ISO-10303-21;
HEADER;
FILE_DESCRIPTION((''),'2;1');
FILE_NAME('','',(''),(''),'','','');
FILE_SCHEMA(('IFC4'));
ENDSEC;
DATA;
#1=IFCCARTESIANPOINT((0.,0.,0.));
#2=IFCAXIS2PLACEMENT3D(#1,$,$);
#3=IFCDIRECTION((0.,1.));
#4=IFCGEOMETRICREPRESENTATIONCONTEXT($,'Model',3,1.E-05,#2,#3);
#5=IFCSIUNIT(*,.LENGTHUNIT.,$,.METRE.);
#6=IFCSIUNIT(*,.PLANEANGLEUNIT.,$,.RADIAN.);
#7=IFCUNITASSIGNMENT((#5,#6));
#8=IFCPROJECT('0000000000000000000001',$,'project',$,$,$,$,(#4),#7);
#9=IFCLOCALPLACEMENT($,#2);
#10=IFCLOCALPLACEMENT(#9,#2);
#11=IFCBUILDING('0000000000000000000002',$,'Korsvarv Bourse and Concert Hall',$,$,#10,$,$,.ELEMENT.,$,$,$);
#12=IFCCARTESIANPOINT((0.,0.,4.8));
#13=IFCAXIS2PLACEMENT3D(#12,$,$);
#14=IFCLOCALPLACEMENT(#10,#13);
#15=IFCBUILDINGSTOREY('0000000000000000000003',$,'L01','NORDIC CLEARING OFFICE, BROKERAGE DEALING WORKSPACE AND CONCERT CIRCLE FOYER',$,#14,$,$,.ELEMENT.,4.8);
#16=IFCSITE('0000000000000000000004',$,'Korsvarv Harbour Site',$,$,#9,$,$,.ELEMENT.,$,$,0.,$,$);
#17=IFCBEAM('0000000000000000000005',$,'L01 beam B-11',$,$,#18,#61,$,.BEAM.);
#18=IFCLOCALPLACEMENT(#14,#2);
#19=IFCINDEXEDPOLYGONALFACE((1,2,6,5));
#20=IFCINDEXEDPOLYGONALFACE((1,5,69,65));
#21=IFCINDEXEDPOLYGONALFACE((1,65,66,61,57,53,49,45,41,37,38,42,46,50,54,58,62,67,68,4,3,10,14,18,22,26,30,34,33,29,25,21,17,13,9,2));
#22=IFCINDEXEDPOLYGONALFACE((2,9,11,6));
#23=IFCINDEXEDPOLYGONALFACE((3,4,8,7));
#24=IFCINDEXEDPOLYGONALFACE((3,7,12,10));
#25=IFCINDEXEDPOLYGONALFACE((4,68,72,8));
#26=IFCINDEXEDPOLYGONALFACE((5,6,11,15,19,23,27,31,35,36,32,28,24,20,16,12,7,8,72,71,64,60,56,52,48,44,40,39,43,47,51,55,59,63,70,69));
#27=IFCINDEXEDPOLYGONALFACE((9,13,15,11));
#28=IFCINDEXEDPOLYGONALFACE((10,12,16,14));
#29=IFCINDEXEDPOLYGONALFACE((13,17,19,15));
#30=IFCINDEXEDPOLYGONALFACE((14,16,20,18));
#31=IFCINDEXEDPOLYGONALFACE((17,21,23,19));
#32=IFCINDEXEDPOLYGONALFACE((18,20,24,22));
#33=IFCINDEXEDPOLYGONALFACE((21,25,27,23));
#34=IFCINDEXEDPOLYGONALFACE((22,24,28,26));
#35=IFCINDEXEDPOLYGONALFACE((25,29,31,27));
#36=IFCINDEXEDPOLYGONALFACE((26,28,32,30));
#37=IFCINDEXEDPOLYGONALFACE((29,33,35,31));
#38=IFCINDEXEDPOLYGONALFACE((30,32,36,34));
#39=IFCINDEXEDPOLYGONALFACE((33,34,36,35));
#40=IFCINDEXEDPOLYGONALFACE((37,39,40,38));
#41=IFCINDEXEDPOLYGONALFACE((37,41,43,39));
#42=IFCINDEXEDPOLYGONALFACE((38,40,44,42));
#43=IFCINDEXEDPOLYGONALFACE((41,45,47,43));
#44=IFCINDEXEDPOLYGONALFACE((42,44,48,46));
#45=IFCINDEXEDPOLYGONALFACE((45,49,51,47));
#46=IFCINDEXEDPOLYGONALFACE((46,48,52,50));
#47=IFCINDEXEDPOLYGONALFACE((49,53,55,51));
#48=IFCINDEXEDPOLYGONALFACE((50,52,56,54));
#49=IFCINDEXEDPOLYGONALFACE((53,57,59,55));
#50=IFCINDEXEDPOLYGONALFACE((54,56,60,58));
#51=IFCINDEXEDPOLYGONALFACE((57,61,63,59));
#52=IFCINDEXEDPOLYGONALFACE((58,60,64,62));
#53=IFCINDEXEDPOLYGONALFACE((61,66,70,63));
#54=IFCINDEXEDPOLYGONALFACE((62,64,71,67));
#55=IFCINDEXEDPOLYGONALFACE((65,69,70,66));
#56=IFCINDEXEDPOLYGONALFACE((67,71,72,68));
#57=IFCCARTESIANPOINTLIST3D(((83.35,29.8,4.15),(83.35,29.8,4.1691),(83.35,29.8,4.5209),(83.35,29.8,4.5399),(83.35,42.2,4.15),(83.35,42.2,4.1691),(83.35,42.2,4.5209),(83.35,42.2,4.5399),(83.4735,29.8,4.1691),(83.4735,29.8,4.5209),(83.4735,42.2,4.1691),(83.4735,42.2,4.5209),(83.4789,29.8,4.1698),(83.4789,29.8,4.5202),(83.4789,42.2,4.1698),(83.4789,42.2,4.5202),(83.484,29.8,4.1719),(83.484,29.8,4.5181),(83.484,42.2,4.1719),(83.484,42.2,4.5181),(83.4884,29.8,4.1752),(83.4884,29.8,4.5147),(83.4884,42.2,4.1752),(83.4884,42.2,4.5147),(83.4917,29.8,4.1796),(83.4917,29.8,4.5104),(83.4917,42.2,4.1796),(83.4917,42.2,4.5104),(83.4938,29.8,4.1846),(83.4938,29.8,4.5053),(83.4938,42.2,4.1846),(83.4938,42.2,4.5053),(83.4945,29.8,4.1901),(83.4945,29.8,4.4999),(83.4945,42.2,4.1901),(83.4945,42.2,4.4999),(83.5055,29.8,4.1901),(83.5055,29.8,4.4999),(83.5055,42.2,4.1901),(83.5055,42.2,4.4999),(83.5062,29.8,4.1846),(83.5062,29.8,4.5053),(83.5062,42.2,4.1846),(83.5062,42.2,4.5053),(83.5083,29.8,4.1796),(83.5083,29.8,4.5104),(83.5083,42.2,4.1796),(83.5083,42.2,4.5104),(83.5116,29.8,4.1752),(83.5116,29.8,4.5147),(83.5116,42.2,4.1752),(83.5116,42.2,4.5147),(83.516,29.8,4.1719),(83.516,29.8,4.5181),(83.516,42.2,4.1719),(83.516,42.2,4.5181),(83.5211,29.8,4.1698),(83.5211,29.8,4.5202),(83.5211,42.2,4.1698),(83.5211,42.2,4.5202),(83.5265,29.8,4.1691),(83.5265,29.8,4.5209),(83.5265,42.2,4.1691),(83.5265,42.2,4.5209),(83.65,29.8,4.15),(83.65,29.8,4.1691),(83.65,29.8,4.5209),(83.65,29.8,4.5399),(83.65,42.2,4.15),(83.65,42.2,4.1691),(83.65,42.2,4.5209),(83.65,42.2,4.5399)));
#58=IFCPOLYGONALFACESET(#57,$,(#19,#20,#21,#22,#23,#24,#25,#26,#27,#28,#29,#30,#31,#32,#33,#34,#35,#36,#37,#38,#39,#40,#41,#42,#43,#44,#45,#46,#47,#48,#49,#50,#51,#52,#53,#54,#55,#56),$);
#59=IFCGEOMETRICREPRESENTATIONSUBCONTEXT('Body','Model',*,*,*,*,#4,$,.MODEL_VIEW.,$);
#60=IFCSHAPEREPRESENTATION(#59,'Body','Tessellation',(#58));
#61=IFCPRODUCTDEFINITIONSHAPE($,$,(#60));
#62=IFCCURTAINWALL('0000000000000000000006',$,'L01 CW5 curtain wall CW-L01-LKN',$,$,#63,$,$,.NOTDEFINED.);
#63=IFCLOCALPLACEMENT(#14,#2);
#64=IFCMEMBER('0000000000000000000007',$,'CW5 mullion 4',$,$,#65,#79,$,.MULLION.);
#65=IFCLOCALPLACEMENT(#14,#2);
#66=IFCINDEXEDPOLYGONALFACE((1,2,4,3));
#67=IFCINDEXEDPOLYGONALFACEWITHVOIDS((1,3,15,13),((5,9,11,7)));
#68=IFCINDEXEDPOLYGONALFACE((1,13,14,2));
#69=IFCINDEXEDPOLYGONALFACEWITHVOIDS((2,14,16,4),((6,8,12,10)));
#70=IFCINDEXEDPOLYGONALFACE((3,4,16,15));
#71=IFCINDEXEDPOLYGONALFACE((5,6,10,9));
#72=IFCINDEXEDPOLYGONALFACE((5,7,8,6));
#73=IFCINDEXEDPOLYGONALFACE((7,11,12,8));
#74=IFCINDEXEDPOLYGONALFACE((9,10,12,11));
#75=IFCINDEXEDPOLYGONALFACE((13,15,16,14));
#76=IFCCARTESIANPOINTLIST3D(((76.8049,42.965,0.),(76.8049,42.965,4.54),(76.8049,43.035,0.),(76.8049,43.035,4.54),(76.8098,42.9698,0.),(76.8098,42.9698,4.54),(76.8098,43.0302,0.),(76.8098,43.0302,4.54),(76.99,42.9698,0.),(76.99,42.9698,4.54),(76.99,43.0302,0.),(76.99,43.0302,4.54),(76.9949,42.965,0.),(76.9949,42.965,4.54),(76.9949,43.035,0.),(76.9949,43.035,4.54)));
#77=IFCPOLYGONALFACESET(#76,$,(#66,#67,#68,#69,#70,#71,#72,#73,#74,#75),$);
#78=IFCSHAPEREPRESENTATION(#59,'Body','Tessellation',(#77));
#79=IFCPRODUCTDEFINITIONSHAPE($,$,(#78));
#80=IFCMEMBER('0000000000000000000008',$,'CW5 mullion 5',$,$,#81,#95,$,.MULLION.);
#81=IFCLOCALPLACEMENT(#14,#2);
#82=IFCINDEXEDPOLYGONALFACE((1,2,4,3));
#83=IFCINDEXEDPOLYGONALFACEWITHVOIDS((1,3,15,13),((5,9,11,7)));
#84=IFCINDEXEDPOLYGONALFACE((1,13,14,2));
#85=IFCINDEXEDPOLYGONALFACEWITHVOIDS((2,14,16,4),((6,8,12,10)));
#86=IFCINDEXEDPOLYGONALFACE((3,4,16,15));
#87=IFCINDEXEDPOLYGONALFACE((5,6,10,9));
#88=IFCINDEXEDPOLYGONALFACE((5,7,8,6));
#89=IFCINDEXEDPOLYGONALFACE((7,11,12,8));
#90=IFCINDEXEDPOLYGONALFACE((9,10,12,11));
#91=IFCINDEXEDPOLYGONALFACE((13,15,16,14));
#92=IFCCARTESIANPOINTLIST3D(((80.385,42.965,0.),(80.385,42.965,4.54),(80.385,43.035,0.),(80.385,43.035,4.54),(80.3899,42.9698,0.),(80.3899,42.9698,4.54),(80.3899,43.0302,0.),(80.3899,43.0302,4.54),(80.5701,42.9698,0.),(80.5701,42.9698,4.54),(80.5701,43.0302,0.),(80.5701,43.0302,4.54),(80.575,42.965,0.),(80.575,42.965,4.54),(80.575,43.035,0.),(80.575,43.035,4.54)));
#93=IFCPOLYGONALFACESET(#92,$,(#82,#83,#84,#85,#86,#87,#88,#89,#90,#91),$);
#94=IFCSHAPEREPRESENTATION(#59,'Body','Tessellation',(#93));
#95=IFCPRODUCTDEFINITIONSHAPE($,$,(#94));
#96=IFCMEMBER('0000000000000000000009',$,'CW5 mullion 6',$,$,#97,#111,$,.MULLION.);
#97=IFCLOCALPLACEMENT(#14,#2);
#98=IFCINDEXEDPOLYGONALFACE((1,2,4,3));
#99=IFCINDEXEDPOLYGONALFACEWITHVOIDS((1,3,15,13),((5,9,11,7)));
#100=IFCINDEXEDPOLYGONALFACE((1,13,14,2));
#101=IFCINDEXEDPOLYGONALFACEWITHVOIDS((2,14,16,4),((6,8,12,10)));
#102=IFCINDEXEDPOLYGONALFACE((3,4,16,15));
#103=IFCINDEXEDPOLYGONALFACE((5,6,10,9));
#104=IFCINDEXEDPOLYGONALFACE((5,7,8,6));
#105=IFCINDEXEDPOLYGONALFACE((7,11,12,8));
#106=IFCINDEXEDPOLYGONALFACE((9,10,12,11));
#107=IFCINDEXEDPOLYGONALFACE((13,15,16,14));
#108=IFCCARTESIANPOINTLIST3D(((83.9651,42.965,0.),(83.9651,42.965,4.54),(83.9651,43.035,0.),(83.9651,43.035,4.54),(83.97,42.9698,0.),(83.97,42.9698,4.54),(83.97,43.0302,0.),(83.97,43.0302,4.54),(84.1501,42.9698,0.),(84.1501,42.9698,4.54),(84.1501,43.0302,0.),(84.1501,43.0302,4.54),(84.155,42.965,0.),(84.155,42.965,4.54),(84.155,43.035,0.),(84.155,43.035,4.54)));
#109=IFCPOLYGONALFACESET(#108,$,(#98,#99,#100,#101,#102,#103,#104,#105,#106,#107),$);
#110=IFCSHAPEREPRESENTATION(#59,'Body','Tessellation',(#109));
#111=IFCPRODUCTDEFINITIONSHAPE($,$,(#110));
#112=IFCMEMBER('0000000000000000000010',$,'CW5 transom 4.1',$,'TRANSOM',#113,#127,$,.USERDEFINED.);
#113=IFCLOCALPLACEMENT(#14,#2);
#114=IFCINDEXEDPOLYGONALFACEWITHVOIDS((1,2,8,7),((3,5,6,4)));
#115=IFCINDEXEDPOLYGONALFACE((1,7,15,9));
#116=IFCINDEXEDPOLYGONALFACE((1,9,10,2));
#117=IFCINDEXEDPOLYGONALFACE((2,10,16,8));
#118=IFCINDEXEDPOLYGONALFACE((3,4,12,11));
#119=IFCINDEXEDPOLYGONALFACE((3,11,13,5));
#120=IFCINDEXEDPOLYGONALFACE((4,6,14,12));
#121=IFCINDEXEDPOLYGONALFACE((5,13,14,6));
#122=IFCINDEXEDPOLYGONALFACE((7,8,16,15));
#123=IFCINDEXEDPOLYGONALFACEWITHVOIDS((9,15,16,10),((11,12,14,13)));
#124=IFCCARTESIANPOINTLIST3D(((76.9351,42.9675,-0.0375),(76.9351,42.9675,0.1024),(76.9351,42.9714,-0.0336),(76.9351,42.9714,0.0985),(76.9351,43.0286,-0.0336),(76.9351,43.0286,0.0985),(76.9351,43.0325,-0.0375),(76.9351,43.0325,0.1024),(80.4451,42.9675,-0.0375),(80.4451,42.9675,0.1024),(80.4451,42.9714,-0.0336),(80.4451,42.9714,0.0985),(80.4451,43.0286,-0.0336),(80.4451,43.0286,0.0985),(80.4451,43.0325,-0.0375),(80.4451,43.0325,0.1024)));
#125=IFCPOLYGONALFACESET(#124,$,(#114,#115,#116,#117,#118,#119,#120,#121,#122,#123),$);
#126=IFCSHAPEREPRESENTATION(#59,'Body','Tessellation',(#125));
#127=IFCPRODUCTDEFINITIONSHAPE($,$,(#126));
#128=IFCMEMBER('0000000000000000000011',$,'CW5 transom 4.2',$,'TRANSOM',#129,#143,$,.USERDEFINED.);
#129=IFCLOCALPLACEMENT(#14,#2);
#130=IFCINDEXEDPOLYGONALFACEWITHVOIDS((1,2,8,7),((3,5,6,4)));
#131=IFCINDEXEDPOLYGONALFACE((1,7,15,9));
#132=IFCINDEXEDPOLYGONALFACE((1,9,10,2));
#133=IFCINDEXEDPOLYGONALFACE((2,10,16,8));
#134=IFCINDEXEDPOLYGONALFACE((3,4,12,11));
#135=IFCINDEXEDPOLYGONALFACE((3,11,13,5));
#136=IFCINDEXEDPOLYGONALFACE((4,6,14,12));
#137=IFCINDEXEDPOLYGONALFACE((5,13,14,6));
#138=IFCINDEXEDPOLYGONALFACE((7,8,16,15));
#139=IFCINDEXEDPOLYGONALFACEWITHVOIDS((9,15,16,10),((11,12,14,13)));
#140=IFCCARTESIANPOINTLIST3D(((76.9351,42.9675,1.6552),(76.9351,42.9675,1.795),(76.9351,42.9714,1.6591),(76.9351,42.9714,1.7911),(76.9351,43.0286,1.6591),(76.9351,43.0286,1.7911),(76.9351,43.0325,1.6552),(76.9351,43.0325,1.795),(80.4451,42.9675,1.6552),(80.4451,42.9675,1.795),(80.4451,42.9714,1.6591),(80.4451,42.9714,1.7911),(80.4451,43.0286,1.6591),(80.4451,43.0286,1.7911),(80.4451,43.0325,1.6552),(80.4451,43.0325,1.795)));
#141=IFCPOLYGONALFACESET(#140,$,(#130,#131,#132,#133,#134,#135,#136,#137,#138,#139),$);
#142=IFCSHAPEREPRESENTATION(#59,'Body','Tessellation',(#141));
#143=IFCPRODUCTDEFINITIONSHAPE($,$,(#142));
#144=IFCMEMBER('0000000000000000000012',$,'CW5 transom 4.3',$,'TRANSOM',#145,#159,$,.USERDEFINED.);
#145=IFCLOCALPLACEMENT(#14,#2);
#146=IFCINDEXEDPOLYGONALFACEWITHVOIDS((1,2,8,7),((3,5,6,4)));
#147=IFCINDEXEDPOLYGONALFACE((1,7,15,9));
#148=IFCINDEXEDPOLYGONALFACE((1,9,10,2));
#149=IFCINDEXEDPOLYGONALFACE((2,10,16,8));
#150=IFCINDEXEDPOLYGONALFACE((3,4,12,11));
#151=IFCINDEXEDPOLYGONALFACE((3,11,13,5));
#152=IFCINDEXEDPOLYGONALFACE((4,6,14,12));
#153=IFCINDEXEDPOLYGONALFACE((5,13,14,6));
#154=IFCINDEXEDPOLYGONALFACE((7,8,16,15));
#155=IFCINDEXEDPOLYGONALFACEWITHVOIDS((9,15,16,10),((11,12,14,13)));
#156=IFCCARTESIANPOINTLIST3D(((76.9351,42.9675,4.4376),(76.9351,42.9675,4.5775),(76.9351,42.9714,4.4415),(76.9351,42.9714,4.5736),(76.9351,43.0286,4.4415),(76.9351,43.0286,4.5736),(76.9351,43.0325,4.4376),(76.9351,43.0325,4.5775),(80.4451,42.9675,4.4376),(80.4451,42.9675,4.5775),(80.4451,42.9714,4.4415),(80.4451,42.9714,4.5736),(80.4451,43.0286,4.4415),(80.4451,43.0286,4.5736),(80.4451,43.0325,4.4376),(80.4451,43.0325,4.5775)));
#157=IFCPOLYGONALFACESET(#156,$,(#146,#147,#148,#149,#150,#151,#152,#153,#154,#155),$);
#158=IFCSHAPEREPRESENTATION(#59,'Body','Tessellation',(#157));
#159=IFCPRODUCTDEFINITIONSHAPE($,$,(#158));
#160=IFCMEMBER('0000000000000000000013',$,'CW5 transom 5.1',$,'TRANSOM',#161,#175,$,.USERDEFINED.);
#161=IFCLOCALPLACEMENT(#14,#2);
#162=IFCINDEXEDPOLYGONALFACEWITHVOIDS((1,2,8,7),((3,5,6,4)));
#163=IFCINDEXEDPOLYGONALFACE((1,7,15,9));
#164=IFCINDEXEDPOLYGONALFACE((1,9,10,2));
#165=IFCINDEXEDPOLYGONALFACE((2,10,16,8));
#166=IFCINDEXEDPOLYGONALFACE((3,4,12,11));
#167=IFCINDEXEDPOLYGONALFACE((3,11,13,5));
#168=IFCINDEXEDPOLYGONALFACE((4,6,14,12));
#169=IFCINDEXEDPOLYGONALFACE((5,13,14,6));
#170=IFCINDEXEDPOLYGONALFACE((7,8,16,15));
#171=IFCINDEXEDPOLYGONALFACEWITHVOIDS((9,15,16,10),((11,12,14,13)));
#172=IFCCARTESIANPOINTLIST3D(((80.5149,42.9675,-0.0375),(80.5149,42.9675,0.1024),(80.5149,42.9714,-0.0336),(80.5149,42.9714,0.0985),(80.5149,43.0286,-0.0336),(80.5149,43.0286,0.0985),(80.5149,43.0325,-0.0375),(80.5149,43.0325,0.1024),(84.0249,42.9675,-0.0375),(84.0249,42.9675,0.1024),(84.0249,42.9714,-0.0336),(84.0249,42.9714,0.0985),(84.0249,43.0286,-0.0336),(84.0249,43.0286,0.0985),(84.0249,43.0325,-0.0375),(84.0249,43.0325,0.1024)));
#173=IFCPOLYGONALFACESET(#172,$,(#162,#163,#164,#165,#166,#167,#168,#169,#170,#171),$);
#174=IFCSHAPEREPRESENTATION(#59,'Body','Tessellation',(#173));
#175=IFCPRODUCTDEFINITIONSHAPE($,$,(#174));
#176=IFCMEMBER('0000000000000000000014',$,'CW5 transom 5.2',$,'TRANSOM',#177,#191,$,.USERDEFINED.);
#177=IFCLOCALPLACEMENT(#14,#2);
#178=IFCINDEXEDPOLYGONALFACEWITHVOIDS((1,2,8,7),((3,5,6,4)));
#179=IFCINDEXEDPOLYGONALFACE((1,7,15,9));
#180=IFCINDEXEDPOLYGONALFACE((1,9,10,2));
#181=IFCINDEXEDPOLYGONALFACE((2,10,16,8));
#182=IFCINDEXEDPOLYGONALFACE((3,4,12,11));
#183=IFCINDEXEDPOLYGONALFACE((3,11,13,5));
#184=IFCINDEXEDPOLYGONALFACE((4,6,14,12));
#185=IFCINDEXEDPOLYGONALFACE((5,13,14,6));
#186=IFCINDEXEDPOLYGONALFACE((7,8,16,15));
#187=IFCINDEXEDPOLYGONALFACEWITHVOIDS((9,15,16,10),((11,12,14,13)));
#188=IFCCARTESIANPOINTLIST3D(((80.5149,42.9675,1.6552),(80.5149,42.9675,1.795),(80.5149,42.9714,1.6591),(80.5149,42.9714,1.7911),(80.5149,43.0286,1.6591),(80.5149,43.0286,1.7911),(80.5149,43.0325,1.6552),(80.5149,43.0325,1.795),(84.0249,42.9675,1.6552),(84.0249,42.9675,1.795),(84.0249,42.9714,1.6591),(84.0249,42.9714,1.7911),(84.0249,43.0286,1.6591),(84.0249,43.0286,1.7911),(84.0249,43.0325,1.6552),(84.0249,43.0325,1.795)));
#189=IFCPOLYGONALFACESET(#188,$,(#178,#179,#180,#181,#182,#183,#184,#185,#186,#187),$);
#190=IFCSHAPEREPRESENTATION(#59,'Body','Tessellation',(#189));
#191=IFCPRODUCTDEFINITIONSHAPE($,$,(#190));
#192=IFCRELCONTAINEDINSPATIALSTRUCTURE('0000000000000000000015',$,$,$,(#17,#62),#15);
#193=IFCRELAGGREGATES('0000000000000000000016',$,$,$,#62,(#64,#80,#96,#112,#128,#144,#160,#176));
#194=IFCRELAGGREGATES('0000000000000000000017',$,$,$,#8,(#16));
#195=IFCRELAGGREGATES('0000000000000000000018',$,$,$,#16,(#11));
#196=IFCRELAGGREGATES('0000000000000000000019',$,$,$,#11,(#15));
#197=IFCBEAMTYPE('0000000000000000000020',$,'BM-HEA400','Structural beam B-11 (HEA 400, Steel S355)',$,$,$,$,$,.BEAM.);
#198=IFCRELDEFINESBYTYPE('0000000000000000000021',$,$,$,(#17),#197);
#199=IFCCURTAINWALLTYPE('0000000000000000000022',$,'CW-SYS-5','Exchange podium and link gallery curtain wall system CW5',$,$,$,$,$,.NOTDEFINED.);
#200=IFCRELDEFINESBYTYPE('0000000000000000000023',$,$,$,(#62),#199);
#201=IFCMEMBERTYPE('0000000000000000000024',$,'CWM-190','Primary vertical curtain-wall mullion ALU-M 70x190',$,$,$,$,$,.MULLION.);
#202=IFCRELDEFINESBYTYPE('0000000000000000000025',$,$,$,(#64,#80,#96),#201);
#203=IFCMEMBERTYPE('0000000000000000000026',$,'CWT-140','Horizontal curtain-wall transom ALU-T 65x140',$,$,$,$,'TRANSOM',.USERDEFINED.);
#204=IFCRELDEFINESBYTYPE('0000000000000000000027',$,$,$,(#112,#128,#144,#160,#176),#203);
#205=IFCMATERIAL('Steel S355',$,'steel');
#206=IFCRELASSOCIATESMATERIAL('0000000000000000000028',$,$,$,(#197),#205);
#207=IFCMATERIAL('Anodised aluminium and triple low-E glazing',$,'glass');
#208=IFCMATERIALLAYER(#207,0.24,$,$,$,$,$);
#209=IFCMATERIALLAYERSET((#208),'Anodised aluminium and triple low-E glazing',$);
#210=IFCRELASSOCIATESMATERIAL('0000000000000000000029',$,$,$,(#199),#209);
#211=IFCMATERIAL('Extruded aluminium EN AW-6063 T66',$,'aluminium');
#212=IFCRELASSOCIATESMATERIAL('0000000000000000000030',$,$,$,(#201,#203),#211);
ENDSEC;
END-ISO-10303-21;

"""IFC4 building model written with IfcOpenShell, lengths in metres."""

from ifc_helpers import new_model, si_unit, direction, frame, origin, origin_2d, place, context, subcontext, project, spatial, hollow_rectangle, i_section, extrude, source, transform, mapped, material, layer, layer_set, material_profile, profile_set, type_object, element, aggregate, save


model = new_model("IFC4")

# Units and contexts
model_context = context("Model", 3, precision=1e-05, world=origin(), true_north=direction((0.0, 1.0)))
body_context = subcontext(model_context, "Body", "Model", "MODEL_VIEW")
ifc_project = project(units=[si_unit("LENGTHUNIT", "METRE"), si_unit("PLANEANGLEUNIT", "RADIAN")], contexts=[model_context])

# Site, building, storey
site_placement = place(None, origin())
site = spatial("IfcSite", under=ifc_project, at=site_placement, Name="Korsvarv Harbour Site", CompositionType="ELEMENT", RefElevation=0.0)
building_placement = place(site_placement, origin())
building = spatial("IfcBuilding", under=site, at=building_placement, Name="Korsvarv Bourse and Concert Hall", CompositionType="ELEMENT")
storey_placement = place(building_placement, frame((0.0, 0.0, 4.8)))
storey = spatial("IfcBuildingStorey", under=building, at=storey_placement, Name="L01", Description="NORDIC CLEARING OFFICE, BROKERAGE DEALING WORKSPACE AND CONCERT CIRCLE FOYER", CompositionType="ELEMENT", Elevation=4.8)

# Beam
ifc_material_1 = material(Name="Steel S355", Category="steel")
ifc_material_profile_1 = material_profile(ifc_material_1, i_section(OverallWidth=0.3, OverallDepth=0.3899, WebThickness=0.011, FlangeThickness=0.019, FilletRadius=0.021, at=origin_2d()), Name="HEA 400")
ifc_profile_set_1 = profile_set([ifc_material_profile_1], Name="Steel S355")
beam_type_1 = type_object("IfcBeamType", Name="BM-HEA400", Description="Structural beam B-11 (HEA 400, Steel S355)", PredefinedType="BEAM", material=ifc_profile_set_1)
shared_shape_1 = source(origin(), body_context, "Body", "SweptSolid", [
    extrude(i_section(OverallWidth=0.3, OverallDepth=0.3899, WebThickness=0.011, FlangeThickness=0.019, FilletRadius=0.021, at=origin_2d()), origin(), (0.0, 0.0, 1.0), 12.3999),
])
beam_1_placement = place(storey_placement, frame((83.5, 29.8, 4.345), z_axis=(0.0, 1.0, 0.0), x_axis=(-1.0, 0.0, 0.0)))
element("IfcBeam", 1, at=beam_1_placement, inside=storey, type_object=beam_type_1, Name="L01 beam B-11", PredefinedType="BEAM", context=body_context, shape_type="MappedRepresentation", body=[
    mapped(shared_shape_1, transform((0.0, 0.0, 0.0), scale=1.0)),
])

# Curtain wall, members
ifc_material_2 = material(Name="Anodised aluminium and triple low-E glazing", Category="glass")
ifc_layer_1 = layer(ifc_material_2, 0.24)
ifc_layer_set_1 = layer_set([ifc_layer_1], Name="Anodised aluminium and triple low-E glazing")
curtain_wall_type = type_object("IfcCurtainWallType", Name="CW-SYS-5", Description="Exchange podium and link gallery curtain wall system CW5", PredefinedType="NOTDEFINED", material=ifc_layer_set_1)
curtain_wall_placement = place(storey_placement, origin())
curtain_wall = element("IfcCurtainWall", 2, at=curtain_wall_placement, inside=storey, type_object=curtain_wall_type, Name="L01 CW5 curtain wall CW-L01-LKN", PredefinedType="NOTDEFINED")
ifc_material_3 = material(Name="Extruded aluminium EN AW-6063 T66", Category="aluminium")
ifc_material_profile_2 = material_profile(ifc_material_3, hollow_rectangle(XDim=0.0701, YDim=0.1899, WallThickness=0.0049, at=origin_2d()), Name="ALU-M 70x190")
ifc_profile_set_2 = profile_set([ifc_material_profile_2], Name="Extruded aluminium EN AW-6063 T66")
member_type_1 = type_object("IfcMemberType", Name="CWM-190", Description="Primary vertical curtain-wall mullion ALU-M 70x190", PredefinedType="MULLION", material=ifc_profile_set_2)
shared_shape_2 = source(origin(), body_context, "Body", "SweptSolid", [
    extrude(hollow_rectangle(XDim=0.0701, YDim=0.1899, WallThickness=0.0049, at=origin_2d()), origin(), (0.0, 0.0, 1.0), 4.54),
])
member_1_placement = place(storey_placement, frame((76.8999, 43.0, 0.0), z_axis=(0.0, 0.0, 1.0), x_axis=(0.0, 1.0, 0.0)))
member_1 = element("IfcMember", 3, at=member_1_placement, type_object=member_type_1, Name="CW5 mullion 4", PredefinedType="MULLION", context=body_context, shape_type="MappedRepresentation", body=[
    mapped(shared_shape_2, transform((0.0, 0.0, 0.0), scale=1.0)),
])
member_2_placement = place(storey_placement, frame((80.48, 43.0, 0.0), z_axis=(0.0, 0.0, 1.0), x_axis=(0.0, 1.0, 0.0)))
member_2 = element("IfcMember", 4, at=member_2_placement, type_object=member_type_1, Name="CW5 mullion 5", PredefinedType="MULLION", context=body_context, shape_type="MappedRepresentation", body=[
    mapped(shared_shape_2, transform((0.0, 0.0, 0.0), scale=1.0)),
])
member_3_placement = place(storey_placement, frame((84.0601, 43.0, 0.0), z_axis=(0.0, 0.0, 1.0), x_axis=(0.0, 1.0, 0.0)))
member_3 = element("IfcMember", 5, at=member_3_placement, type_object=member_type_1, Name="CW5 mullion 6", PredefinedType="MULLION", context=body_context, shape_type="MappedRepresentation", body=[
    mapped(shared_shape_2, transform((0.0, 0.0, 0.0), scale=1.0)),
])
ifc_material_profile_3 = material_profile(ifc_material_3, hollow_rectangle(XDim=0.0649, YDim=0.1399, WallThickness=0.0039, at=origin_2d()), Name="ALU-T 65x140")
ifc_profile_set_3 = profile_set([ifc_material_profile_3], Name="Extruded aluminium EN AW-6063 T66")
member_type_2 = type_object("IfcMemberType", Name="CWT-140", Description="Horizontal curtain-wall transom ALU-T 65x140", ElementType="TRANSOM", PredefinedType="USERDEFINED", material=ifc_profile_set_3)
shared_shape_3 = source(origin(), body_context, "Body", "SweptSolid", [
    extrude(hollow_rectangle(XDim=0.0649, YDim=0.1399, WallThickness=0.0039, at=origin_2d()), origin(), (0.0, 0.0, 1.0), 3.51),
])
member_4_placement = place(storey_placement, frame((76.9351, 43.0, 0.0325), z_axis=(1.0, 0.0, 0.0), x_axis=(0.0, 1.0, 0.0)))
member_4 = element("IfcMember", 6, at=member_4_placement, type_object=member_type_2, Name="CW5 transom 4.1", ObjectType="TRANSOM", PredefinedType="USERDEFINED", context=body_context, shape_type="MappedRepresentation", body=[
    mapped(shared_shape_3, transform((0.0, 0.0, 0.0), scale=1.0)),
])
member_5_placement = place(storey_placement, frame((76.9351, 43.0, 1.7251), z_axis=(1.0, 0.0, 0.0), x_axis=(0.0, 1.0, 0.0)))
member_5 = element("IfcMember", 7, at=member_5_placement, type_object=member_type_2, Name="CW5 transom 4.2", ObjectType="TRANSOM", PredefinedType="USERDEFINED", context=body_context, shape_type="MappedRepresentation", body=[
    mapped(shared_shape_3, transform((0.0, 0.0, 0.0), scale=1.0)),
])
member_6_placement = place(storey_placement, frame((76.9351, 43.0, 4.5076), z_axis=(1.0, 0.0, 0.0), x_axis=(0.0, 1.0, 0.0)))
member_6 = element("IfcMember", 8, at=member_6_placement, type_object=member_type_2, Name="CW5 transom 4.3", ObjectType="TRANSOM", PredefinedType="USERDEFINED", context=body_context, shape_type="MappedRepresentation", body=[
    mapped(shared_shape_3, transform((0.0, 0.0, 0.0), scale=1.0)),
])
member_7_placement = place(storey_placement, frame((80.5149, 43.0, 0.0325), z_axis=(1.0, 0.0, 0.0), x_axis=(0.0, 1.0, 0.0)))
member_7 = element("IfcMember", 9, at=member_7_placement, type_object=member_type_2, Name="CW5 transom 5.1", ObjectType="TRANSOM", PredefinedType="USERDEFINED", context=body_context, shape_type="MappedRepresentation", body=[
    mapped(shared_shape_3, transform((0.0, 0.0, 0.0), scale=1.0)),
])
member_8_placement = place(storey_placement, frame((80.5149, 43.0, 1.7251), z_axis=(1.0, 0.0, 0.0), x_axis=(0.0, 1.0, 0.0)))
member_8 = element("IfcMember", 10, at=member_8_placement, type_object=member_type_2, Name="CW5 transom 5.2", ObjectType="TRANSOM", PredefinedType="USERDEFINED", context=body_context, shape_type="MappedRepresentation", body=[
    mapped(shared_shape_3, transform((0.0, 0.0, 0.0), scale=1.0)),
])
aggregate(curtain_wall, [member_1, member_2, member_3, member_4, member_5, member_6, member_7, member_8])

save(model, "model.ifc")
